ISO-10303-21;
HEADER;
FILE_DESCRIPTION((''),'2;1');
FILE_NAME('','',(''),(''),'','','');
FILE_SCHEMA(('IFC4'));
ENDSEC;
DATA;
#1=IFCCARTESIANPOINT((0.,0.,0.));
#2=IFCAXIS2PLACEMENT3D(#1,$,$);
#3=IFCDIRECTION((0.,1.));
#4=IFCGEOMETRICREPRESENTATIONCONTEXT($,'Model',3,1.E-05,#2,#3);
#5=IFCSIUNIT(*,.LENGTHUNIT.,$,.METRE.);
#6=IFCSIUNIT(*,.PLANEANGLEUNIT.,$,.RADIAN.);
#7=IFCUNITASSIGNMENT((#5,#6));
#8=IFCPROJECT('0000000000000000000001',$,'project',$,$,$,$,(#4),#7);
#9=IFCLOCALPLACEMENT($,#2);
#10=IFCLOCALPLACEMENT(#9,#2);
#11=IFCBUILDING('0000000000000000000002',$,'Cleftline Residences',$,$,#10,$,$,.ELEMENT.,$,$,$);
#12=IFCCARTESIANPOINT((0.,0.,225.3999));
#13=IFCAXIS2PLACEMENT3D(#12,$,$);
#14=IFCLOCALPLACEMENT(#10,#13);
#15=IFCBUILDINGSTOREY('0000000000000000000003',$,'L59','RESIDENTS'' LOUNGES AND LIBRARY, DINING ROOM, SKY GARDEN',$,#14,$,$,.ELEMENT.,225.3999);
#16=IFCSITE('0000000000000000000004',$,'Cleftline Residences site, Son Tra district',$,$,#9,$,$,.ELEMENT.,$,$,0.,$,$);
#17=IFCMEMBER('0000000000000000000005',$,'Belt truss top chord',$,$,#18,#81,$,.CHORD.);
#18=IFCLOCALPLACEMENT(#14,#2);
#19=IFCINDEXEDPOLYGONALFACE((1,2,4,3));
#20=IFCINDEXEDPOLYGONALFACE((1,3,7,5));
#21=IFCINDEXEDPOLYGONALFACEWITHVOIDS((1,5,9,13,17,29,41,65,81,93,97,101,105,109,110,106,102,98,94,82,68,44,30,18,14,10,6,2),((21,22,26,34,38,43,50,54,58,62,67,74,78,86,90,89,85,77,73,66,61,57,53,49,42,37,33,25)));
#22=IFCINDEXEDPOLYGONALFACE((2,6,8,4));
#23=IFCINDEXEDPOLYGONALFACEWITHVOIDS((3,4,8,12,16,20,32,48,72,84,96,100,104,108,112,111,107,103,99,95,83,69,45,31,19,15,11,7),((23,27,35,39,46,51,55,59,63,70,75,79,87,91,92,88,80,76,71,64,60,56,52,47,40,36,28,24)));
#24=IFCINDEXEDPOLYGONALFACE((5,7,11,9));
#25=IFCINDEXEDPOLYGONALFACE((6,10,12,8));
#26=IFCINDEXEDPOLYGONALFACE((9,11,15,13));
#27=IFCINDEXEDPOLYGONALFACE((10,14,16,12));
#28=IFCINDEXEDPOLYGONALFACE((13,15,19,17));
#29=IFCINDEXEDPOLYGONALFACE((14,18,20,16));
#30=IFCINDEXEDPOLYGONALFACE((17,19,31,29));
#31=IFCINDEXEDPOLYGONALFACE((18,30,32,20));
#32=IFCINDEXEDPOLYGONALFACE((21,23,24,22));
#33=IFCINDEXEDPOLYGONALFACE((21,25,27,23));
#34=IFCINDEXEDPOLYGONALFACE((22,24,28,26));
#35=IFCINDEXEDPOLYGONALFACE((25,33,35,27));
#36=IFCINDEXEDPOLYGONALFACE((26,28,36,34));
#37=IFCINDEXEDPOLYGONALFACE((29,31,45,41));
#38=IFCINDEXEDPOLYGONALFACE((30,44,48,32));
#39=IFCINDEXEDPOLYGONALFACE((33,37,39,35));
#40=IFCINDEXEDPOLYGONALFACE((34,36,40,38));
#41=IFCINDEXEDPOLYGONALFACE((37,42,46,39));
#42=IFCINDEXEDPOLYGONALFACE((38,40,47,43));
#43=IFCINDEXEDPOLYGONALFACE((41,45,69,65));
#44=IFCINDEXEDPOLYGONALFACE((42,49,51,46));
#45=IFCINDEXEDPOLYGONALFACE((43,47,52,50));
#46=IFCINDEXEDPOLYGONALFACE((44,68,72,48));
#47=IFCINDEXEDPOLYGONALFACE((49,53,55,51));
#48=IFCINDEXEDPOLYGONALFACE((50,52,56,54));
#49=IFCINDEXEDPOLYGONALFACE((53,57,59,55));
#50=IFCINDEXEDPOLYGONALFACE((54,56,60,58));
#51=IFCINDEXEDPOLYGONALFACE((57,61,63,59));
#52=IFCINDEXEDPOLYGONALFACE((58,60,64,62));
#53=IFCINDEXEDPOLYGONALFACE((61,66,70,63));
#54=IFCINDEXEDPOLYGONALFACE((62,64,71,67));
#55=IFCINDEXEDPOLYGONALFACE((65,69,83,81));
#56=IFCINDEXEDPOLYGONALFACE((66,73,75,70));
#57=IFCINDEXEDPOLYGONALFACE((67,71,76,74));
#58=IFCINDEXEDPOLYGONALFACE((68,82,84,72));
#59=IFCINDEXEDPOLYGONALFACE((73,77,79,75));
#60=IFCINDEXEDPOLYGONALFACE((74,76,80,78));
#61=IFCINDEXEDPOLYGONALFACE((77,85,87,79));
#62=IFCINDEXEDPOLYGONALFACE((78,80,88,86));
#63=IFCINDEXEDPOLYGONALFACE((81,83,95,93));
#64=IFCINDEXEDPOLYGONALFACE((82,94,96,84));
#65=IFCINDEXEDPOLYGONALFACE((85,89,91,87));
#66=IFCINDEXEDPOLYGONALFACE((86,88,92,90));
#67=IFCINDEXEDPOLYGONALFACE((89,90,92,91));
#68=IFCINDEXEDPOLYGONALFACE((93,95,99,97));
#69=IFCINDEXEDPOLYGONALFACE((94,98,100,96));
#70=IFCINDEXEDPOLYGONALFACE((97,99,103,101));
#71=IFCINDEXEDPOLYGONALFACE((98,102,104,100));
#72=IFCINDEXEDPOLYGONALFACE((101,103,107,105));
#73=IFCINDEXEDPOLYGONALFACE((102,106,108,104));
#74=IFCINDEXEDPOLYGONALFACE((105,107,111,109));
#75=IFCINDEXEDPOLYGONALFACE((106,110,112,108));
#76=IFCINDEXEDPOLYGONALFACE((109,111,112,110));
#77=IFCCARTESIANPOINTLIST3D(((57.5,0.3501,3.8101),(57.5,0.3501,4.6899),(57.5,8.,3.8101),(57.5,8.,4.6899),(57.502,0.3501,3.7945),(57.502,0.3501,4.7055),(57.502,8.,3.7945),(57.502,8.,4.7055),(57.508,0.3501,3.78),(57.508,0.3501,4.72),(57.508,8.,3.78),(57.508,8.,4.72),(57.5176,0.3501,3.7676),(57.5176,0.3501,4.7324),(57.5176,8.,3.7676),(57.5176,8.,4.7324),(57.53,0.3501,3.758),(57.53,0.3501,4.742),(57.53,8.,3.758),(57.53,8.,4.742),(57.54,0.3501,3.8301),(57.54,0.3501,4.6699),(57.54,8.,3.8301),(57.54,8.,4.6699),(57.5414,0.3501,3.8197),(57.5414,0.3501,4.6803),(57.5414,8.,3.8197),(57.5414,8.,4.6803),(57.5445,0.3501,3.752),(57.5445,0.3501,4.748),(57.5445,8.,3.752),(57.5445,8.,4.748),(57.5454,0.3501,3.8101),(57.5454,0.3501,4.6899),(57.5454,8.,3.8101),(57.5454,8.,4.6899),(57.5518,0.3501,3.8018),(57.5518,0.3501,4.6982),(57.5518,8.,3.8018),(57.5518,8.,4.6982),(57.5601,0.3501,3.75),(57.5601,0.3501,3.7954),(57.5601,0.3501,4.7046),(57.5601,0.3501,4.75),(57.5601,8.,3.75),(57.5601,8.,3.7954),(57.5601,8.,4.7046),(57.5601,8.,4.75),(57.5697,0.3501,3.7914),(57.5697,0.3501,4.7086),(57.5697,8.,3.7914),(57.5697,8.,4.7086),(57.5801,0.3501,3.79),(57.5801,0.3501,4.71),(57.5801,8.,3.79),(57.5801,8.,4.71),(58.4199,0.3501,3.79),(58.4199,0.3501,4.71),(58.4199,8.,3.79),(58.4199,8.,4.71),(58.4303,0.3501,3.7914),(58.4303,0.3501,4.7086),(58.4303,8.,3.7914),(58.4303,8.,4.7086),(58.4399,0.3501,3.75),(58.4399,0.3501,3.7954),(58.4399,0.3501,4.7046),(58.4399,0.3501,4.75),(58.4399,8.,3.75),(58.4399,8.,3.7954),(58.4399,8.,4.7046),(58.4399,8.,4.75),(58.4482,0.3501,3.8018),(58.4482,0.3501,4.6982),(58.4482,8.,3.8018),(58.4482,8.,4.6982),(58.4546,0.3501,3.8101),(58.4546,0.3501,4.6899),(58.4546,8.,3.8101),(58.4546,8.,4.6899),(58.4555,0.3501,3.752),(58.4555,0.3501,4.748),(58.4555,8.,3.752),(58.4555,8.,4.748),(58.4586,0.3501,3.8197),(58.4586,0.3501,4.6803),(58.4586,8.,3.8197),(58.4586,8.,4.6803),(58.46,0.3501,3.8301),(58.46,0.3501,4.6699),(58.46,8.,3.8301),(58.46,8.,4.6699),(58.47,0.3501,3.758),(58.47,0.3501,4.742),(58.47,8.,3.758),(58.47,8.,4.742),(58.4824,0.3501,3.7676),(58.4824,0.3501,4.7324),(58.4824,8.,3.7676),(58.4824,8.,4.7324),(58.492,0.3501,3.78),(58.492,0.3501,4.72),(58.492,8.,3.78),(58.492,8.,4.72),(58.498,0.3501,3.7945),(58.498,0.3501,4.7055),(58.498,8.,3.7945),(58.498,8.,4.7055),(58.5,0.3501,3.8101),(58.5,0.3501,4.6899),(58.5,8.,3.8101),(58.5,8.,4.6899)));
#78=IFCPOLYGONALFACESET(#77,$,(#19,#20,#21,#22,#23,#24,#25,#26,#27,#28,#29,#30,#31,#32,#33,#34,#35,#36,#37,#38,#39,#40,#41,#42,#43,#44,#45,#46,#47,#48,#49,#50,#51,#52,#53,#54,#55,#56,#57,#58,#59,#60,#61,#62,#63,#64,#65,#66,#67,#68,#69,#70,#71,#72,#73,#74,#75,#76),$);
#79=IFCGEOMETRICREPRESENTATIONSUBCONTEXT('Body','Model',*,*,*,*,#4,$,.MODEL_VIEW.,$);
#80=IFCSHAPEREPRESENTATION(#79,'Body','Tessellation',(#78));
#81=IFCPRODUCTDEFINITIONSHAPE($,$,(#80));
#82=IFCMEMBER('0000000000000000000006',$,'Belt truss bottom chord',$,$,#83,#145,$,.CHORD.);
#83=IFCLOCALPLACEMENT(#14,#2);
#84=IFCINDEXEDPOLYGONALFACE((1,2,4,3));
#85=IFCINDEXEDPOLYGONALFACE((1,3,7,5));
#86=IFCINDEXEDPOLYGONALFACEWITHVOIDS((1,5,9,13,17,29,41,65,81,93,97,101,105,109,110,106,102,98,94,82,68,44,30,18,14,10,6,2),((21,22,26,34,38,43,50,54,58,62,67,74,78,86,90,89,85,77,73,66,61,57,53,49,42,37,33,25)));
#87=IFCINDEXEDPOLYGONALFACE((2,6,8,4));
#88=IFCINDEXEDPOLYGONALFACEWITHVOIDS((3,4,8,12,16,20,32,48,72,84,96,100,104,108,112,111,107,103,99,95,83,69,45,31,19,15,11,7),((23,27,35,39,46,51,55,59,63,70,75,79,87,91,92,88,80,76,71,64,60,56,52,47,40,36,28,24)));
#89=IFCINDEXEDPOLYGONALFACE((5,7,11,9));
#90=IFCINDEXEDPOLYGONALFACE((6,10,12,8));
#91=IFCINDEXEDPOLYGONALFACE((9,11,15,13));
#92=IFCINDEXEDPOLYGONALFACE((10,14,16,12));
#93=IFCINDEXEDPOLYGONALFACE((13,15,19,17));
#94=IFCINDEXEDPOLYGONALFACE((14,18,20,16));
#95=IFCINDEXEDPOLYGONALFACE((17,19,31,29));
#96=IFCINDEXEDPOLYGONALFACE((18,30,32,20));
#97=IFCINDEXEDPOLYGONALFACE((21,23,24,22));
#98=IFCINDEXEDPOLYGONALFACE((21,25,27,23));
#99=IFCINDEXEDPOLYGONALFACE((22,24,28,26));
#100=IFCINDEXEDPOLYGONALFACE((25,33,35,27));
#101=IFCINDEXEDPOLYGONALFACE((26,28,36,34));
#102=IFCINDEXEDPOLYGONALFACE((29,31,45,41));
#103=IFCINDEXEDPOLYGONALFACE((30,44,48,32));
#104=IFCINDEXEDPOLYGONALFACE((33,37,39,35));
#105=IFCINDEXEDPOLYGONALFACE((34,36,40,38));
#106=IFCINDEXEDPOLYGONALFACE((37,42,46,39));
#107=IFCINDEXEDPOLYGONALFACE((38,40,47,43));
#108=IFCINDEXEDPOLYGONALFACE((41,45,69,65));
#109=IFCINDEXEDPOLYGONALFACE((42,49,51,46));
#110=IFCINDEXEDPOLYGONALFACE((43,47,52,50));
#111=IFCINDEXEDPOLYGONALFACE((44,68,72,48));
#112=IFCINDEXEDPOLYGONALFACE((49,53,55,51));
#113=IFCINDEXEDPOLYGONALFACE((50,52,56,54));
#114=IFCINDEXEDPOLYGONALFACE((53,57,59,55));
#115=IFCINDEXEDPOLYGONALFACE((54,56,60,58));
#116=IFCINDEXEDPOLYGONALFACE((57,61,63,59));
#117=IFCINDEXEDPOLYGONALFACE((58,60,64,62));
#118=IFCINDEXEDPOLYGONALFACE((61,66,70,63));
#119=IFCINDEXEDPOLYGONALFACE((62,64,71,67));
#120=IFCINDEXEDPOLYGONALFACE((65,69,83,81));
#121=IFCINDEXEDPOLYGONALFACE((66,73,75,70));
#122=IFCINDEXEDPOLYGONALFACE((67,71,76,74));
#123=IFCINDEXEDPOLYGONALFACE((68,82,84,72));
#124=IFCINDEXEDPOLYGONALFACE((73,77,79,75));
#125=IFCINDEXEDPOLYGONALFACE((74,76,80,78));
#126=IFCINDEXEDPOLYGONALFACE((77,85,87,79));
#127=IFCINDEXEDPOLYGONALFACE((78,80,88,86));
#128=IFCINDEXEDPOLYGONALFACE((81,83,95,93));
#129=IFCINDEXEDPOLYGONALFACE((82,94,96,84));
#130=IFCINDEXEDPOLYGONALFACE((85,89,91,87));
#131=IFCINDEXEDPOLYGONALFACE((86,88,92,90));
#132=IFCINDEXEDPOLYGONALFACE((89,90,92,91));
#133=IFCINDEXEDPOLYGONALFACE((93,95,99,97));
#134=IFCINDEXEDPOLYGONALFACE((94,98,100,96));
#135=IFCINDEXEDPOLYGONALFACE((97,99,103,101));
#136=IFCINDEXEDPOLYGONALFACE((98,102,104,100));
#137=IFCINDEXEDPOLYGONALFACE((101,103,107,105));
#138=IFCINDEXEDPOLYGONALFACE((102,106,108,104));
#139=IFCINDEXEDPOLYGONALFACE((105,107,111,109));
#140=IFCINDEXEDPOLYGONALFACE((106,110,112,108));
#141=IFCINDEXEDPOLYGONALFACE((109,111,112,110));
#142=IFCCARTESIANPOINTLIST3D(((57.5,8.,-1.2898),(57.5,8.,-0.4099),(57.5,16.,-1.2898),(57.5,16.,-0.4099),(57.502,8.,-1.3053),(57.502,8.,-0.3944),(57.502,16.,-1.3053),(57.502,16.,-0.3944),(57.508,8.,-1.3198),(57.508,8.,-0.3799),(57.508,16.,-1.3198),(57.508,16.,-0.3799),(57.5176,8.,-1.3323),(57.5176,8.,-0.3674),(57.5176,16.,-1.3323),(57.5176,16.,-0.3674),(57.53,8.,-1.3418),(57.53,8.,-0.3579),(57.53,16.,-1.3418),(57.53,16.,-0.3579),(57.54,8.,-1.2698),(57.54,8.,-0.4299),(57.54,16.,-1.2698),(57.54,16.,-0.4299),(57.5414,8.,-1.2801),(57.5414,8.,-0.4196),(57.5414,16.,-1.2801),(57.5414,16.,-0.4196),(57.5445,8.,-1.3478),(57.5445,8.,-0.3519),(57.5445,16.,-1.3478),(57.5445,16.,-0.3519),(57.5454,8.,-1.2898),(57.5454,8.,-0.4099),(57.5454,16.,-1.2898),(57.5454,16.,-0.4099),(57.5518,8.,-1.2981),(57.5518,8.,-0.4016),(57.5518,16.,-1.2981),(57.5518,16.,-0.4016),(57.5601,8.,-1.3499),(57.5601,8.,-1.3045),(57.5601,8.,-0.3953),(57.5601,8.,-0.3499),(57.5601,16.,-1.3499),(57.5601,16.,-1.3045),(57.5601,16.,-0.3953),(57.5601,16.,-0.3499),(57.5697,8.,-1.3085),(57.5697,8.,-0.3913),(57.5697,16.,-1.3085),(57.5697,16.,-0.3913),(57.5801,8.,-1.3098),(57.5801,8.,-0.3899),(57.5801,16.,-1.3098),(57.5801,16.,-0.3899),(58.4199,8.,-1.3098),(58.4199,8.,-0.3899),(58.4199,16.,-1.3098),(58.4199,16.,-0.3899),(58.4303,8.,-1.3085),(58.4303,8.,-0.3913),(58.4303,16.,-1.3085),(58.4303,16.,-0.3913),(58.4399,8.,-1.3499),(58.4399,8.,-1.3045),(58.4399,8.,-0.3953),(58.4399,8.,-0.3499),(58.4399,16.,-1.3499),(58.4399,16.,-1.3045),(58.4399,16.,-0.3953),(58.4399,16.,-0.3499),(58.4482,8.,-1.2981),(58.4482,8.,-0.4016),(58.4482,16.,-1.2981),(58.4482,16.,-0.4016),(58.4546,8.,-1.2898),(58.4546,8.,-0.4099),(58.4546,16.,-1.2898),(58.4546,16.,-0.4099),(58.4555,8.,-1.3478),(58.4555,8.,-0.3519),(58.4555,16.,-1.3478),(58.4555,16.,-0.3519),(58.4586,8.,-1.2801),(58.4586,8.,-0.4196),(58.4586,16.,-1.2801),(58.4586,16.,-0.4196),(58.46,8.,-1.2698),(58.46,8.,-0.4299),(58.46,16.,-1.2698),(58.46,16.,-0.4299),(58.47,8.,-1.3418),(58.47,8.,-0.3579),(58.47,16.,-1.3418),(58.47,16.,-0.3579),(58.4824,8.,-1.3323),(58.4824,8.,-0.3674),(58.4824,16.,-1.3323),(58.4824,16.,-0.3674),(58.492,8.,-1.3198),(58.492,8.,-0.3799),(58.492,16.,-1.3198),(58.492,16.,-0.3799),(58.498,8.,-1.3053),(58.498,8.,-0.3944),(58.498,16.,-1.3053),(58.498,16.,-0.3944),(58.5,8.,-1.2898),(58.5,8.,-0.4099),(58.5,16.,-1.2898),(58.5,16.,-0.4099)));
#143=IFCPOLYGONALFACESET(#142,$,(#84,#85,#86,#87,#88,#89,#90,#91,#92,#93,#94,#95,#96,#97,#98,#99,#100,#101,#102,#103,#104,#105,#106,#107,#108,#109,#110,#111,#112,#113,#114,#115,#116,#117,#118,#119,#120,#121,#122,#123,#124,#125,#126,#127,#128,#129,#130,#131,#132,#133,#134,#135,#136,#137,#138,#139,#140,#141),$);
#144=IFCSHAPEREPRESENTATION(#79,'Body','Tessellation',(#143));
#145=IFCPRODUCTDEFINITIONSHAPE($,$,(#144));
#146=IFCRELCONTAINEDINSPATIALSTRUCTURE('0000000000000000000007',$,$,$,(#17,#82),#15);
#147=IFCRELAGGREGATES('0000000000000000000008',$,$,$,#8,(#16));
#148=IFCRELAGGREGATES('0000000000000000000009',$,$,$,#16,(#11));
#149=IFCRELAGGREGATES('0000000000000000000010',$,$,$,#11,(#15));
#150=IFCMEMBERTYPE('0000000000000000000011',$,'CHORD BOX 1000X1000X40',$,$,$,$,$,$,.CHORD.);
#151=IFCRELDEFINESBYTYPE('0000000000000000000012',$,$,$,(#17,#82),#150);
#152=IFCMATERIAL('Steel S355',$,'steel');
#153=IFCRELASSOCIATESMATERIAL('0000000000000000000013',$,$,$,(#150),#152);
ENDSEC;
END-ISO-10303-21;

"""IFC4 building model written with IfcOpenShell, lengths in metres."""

from ifc_helpers import new_model, si_unit, direction, frame, origin, origin_2d, place, context, subcontext, project, spatial, hollow_rectangle, extrude, material, material_profile, profile_set, type_object, element, save


model = new_model("IFC4")

# Units and contexts
model_context = context("Model", 3, precision=1e-05, world=origin(), true_north=direction((0.0, 1.0)))
body_context = subcontext(model_context, "Body", "Model", "MODEL_VIEW")
ifc_project = project(units=[si_unit("LENGTHUNIT", "METRE"), si_unit("PLANEANGLEUNIT", "RADIAN")], contexts=[model_context])

# Site, building, storey
site_placement = place(None, origin())
site = spatial("IfcSite", under=ifc_project, at=site_placement, Name="Cleftline Residences site, Son Tra district", CompositionType="ELEMENT", RefElevation=0.0)
building_placement = place(site_placement, origin())
building = spatial("IfcBuilding", under=site, at=building_placement, Name="Cleftline Residences", CompositionType="ELEMENT")
storey_placement = place(building_placement, frame((0.0, 0.0, 225.3999)))
storey = spatial("IfcBuildingStorey", under=building, at=storey_placement, Name="L59", Description="RESIDENTS' LOUNGES AND LIBRARY, DINING ROOM, SKY GARDEN", CompositionType="ELEMENT", Elevation=225.3999)

# Members
ifc_material_1 = material(Name="Steel S355", Category="steel")
ifc_material_profile_1 = material_profile(ifc_material_1, hollow_rectangle(XDim=1.0, YDim=1.0, WallThickness=0.04, InnerFilletRadius=0.04, OuterFilletRadius=0.0601, at=origin_2d()))
ifc_profile_set_1 = profile_set([ifc_material_profile_1], Name="Steel S355")
member_type_1 = type_object("IfcMemberType", Name="CHORD BOX 1000X1000X40", PredefinedType="CHORD", material=ifc_profile_set_1)
for number, where, z_axis, x_axis, name in (
    (1, (58.0, 0.3501, 4.25), (0.0, 1.0, 0.0), (-1.0, 0.0, 0.0), "Belt truss top chord"),
):
    element("IfcMember", number, at=place(storey_placement, frame(where, z_axis=z_axis, x_axis=x_axis)), inside=storey, type_object=member_type_1, Name=name, PredefinedType="CHORD", context=body_context, shape_type="SweptSolid", body=[
        extrude(hollow_rectangle(XDim=1.0, YDim=1.0, WallThickness=0.04, InnerFilletRadius=0.04, OuterFilletRadius=0.0601, at=origin_2d()), origin(), (0.0, 0.0, 1.0), 7.6499),
    ])
for number, where, z_axis, x_axis, name in (
    (2, (58.0, 8.0, -0.8499), (0.0, 1.0, 0.0), (-1.0, 0.0, 0.0), "Belt truss bottom chord"),
):
    element("IfcMember", number, at=place(storey_placement, frame(where, z_axis=z_axis, x_axis=x_axis)), inside=storey, type_object=member_type_1, Name=name, PredefinedType="CHORD", context=body_context, shape_type="SweptSolid", body=[
        extrude(hollow_rectangle(XDim=1.0, YDim=1.0, WallThickness=0.04, InnerFilletRadius=0.04, OuterFilletRadius=0.0601, at=origin_2d()), origin(), (0.0, 0.0, 1.0), 8.0),
    ])

save(model, "model.ifc")
